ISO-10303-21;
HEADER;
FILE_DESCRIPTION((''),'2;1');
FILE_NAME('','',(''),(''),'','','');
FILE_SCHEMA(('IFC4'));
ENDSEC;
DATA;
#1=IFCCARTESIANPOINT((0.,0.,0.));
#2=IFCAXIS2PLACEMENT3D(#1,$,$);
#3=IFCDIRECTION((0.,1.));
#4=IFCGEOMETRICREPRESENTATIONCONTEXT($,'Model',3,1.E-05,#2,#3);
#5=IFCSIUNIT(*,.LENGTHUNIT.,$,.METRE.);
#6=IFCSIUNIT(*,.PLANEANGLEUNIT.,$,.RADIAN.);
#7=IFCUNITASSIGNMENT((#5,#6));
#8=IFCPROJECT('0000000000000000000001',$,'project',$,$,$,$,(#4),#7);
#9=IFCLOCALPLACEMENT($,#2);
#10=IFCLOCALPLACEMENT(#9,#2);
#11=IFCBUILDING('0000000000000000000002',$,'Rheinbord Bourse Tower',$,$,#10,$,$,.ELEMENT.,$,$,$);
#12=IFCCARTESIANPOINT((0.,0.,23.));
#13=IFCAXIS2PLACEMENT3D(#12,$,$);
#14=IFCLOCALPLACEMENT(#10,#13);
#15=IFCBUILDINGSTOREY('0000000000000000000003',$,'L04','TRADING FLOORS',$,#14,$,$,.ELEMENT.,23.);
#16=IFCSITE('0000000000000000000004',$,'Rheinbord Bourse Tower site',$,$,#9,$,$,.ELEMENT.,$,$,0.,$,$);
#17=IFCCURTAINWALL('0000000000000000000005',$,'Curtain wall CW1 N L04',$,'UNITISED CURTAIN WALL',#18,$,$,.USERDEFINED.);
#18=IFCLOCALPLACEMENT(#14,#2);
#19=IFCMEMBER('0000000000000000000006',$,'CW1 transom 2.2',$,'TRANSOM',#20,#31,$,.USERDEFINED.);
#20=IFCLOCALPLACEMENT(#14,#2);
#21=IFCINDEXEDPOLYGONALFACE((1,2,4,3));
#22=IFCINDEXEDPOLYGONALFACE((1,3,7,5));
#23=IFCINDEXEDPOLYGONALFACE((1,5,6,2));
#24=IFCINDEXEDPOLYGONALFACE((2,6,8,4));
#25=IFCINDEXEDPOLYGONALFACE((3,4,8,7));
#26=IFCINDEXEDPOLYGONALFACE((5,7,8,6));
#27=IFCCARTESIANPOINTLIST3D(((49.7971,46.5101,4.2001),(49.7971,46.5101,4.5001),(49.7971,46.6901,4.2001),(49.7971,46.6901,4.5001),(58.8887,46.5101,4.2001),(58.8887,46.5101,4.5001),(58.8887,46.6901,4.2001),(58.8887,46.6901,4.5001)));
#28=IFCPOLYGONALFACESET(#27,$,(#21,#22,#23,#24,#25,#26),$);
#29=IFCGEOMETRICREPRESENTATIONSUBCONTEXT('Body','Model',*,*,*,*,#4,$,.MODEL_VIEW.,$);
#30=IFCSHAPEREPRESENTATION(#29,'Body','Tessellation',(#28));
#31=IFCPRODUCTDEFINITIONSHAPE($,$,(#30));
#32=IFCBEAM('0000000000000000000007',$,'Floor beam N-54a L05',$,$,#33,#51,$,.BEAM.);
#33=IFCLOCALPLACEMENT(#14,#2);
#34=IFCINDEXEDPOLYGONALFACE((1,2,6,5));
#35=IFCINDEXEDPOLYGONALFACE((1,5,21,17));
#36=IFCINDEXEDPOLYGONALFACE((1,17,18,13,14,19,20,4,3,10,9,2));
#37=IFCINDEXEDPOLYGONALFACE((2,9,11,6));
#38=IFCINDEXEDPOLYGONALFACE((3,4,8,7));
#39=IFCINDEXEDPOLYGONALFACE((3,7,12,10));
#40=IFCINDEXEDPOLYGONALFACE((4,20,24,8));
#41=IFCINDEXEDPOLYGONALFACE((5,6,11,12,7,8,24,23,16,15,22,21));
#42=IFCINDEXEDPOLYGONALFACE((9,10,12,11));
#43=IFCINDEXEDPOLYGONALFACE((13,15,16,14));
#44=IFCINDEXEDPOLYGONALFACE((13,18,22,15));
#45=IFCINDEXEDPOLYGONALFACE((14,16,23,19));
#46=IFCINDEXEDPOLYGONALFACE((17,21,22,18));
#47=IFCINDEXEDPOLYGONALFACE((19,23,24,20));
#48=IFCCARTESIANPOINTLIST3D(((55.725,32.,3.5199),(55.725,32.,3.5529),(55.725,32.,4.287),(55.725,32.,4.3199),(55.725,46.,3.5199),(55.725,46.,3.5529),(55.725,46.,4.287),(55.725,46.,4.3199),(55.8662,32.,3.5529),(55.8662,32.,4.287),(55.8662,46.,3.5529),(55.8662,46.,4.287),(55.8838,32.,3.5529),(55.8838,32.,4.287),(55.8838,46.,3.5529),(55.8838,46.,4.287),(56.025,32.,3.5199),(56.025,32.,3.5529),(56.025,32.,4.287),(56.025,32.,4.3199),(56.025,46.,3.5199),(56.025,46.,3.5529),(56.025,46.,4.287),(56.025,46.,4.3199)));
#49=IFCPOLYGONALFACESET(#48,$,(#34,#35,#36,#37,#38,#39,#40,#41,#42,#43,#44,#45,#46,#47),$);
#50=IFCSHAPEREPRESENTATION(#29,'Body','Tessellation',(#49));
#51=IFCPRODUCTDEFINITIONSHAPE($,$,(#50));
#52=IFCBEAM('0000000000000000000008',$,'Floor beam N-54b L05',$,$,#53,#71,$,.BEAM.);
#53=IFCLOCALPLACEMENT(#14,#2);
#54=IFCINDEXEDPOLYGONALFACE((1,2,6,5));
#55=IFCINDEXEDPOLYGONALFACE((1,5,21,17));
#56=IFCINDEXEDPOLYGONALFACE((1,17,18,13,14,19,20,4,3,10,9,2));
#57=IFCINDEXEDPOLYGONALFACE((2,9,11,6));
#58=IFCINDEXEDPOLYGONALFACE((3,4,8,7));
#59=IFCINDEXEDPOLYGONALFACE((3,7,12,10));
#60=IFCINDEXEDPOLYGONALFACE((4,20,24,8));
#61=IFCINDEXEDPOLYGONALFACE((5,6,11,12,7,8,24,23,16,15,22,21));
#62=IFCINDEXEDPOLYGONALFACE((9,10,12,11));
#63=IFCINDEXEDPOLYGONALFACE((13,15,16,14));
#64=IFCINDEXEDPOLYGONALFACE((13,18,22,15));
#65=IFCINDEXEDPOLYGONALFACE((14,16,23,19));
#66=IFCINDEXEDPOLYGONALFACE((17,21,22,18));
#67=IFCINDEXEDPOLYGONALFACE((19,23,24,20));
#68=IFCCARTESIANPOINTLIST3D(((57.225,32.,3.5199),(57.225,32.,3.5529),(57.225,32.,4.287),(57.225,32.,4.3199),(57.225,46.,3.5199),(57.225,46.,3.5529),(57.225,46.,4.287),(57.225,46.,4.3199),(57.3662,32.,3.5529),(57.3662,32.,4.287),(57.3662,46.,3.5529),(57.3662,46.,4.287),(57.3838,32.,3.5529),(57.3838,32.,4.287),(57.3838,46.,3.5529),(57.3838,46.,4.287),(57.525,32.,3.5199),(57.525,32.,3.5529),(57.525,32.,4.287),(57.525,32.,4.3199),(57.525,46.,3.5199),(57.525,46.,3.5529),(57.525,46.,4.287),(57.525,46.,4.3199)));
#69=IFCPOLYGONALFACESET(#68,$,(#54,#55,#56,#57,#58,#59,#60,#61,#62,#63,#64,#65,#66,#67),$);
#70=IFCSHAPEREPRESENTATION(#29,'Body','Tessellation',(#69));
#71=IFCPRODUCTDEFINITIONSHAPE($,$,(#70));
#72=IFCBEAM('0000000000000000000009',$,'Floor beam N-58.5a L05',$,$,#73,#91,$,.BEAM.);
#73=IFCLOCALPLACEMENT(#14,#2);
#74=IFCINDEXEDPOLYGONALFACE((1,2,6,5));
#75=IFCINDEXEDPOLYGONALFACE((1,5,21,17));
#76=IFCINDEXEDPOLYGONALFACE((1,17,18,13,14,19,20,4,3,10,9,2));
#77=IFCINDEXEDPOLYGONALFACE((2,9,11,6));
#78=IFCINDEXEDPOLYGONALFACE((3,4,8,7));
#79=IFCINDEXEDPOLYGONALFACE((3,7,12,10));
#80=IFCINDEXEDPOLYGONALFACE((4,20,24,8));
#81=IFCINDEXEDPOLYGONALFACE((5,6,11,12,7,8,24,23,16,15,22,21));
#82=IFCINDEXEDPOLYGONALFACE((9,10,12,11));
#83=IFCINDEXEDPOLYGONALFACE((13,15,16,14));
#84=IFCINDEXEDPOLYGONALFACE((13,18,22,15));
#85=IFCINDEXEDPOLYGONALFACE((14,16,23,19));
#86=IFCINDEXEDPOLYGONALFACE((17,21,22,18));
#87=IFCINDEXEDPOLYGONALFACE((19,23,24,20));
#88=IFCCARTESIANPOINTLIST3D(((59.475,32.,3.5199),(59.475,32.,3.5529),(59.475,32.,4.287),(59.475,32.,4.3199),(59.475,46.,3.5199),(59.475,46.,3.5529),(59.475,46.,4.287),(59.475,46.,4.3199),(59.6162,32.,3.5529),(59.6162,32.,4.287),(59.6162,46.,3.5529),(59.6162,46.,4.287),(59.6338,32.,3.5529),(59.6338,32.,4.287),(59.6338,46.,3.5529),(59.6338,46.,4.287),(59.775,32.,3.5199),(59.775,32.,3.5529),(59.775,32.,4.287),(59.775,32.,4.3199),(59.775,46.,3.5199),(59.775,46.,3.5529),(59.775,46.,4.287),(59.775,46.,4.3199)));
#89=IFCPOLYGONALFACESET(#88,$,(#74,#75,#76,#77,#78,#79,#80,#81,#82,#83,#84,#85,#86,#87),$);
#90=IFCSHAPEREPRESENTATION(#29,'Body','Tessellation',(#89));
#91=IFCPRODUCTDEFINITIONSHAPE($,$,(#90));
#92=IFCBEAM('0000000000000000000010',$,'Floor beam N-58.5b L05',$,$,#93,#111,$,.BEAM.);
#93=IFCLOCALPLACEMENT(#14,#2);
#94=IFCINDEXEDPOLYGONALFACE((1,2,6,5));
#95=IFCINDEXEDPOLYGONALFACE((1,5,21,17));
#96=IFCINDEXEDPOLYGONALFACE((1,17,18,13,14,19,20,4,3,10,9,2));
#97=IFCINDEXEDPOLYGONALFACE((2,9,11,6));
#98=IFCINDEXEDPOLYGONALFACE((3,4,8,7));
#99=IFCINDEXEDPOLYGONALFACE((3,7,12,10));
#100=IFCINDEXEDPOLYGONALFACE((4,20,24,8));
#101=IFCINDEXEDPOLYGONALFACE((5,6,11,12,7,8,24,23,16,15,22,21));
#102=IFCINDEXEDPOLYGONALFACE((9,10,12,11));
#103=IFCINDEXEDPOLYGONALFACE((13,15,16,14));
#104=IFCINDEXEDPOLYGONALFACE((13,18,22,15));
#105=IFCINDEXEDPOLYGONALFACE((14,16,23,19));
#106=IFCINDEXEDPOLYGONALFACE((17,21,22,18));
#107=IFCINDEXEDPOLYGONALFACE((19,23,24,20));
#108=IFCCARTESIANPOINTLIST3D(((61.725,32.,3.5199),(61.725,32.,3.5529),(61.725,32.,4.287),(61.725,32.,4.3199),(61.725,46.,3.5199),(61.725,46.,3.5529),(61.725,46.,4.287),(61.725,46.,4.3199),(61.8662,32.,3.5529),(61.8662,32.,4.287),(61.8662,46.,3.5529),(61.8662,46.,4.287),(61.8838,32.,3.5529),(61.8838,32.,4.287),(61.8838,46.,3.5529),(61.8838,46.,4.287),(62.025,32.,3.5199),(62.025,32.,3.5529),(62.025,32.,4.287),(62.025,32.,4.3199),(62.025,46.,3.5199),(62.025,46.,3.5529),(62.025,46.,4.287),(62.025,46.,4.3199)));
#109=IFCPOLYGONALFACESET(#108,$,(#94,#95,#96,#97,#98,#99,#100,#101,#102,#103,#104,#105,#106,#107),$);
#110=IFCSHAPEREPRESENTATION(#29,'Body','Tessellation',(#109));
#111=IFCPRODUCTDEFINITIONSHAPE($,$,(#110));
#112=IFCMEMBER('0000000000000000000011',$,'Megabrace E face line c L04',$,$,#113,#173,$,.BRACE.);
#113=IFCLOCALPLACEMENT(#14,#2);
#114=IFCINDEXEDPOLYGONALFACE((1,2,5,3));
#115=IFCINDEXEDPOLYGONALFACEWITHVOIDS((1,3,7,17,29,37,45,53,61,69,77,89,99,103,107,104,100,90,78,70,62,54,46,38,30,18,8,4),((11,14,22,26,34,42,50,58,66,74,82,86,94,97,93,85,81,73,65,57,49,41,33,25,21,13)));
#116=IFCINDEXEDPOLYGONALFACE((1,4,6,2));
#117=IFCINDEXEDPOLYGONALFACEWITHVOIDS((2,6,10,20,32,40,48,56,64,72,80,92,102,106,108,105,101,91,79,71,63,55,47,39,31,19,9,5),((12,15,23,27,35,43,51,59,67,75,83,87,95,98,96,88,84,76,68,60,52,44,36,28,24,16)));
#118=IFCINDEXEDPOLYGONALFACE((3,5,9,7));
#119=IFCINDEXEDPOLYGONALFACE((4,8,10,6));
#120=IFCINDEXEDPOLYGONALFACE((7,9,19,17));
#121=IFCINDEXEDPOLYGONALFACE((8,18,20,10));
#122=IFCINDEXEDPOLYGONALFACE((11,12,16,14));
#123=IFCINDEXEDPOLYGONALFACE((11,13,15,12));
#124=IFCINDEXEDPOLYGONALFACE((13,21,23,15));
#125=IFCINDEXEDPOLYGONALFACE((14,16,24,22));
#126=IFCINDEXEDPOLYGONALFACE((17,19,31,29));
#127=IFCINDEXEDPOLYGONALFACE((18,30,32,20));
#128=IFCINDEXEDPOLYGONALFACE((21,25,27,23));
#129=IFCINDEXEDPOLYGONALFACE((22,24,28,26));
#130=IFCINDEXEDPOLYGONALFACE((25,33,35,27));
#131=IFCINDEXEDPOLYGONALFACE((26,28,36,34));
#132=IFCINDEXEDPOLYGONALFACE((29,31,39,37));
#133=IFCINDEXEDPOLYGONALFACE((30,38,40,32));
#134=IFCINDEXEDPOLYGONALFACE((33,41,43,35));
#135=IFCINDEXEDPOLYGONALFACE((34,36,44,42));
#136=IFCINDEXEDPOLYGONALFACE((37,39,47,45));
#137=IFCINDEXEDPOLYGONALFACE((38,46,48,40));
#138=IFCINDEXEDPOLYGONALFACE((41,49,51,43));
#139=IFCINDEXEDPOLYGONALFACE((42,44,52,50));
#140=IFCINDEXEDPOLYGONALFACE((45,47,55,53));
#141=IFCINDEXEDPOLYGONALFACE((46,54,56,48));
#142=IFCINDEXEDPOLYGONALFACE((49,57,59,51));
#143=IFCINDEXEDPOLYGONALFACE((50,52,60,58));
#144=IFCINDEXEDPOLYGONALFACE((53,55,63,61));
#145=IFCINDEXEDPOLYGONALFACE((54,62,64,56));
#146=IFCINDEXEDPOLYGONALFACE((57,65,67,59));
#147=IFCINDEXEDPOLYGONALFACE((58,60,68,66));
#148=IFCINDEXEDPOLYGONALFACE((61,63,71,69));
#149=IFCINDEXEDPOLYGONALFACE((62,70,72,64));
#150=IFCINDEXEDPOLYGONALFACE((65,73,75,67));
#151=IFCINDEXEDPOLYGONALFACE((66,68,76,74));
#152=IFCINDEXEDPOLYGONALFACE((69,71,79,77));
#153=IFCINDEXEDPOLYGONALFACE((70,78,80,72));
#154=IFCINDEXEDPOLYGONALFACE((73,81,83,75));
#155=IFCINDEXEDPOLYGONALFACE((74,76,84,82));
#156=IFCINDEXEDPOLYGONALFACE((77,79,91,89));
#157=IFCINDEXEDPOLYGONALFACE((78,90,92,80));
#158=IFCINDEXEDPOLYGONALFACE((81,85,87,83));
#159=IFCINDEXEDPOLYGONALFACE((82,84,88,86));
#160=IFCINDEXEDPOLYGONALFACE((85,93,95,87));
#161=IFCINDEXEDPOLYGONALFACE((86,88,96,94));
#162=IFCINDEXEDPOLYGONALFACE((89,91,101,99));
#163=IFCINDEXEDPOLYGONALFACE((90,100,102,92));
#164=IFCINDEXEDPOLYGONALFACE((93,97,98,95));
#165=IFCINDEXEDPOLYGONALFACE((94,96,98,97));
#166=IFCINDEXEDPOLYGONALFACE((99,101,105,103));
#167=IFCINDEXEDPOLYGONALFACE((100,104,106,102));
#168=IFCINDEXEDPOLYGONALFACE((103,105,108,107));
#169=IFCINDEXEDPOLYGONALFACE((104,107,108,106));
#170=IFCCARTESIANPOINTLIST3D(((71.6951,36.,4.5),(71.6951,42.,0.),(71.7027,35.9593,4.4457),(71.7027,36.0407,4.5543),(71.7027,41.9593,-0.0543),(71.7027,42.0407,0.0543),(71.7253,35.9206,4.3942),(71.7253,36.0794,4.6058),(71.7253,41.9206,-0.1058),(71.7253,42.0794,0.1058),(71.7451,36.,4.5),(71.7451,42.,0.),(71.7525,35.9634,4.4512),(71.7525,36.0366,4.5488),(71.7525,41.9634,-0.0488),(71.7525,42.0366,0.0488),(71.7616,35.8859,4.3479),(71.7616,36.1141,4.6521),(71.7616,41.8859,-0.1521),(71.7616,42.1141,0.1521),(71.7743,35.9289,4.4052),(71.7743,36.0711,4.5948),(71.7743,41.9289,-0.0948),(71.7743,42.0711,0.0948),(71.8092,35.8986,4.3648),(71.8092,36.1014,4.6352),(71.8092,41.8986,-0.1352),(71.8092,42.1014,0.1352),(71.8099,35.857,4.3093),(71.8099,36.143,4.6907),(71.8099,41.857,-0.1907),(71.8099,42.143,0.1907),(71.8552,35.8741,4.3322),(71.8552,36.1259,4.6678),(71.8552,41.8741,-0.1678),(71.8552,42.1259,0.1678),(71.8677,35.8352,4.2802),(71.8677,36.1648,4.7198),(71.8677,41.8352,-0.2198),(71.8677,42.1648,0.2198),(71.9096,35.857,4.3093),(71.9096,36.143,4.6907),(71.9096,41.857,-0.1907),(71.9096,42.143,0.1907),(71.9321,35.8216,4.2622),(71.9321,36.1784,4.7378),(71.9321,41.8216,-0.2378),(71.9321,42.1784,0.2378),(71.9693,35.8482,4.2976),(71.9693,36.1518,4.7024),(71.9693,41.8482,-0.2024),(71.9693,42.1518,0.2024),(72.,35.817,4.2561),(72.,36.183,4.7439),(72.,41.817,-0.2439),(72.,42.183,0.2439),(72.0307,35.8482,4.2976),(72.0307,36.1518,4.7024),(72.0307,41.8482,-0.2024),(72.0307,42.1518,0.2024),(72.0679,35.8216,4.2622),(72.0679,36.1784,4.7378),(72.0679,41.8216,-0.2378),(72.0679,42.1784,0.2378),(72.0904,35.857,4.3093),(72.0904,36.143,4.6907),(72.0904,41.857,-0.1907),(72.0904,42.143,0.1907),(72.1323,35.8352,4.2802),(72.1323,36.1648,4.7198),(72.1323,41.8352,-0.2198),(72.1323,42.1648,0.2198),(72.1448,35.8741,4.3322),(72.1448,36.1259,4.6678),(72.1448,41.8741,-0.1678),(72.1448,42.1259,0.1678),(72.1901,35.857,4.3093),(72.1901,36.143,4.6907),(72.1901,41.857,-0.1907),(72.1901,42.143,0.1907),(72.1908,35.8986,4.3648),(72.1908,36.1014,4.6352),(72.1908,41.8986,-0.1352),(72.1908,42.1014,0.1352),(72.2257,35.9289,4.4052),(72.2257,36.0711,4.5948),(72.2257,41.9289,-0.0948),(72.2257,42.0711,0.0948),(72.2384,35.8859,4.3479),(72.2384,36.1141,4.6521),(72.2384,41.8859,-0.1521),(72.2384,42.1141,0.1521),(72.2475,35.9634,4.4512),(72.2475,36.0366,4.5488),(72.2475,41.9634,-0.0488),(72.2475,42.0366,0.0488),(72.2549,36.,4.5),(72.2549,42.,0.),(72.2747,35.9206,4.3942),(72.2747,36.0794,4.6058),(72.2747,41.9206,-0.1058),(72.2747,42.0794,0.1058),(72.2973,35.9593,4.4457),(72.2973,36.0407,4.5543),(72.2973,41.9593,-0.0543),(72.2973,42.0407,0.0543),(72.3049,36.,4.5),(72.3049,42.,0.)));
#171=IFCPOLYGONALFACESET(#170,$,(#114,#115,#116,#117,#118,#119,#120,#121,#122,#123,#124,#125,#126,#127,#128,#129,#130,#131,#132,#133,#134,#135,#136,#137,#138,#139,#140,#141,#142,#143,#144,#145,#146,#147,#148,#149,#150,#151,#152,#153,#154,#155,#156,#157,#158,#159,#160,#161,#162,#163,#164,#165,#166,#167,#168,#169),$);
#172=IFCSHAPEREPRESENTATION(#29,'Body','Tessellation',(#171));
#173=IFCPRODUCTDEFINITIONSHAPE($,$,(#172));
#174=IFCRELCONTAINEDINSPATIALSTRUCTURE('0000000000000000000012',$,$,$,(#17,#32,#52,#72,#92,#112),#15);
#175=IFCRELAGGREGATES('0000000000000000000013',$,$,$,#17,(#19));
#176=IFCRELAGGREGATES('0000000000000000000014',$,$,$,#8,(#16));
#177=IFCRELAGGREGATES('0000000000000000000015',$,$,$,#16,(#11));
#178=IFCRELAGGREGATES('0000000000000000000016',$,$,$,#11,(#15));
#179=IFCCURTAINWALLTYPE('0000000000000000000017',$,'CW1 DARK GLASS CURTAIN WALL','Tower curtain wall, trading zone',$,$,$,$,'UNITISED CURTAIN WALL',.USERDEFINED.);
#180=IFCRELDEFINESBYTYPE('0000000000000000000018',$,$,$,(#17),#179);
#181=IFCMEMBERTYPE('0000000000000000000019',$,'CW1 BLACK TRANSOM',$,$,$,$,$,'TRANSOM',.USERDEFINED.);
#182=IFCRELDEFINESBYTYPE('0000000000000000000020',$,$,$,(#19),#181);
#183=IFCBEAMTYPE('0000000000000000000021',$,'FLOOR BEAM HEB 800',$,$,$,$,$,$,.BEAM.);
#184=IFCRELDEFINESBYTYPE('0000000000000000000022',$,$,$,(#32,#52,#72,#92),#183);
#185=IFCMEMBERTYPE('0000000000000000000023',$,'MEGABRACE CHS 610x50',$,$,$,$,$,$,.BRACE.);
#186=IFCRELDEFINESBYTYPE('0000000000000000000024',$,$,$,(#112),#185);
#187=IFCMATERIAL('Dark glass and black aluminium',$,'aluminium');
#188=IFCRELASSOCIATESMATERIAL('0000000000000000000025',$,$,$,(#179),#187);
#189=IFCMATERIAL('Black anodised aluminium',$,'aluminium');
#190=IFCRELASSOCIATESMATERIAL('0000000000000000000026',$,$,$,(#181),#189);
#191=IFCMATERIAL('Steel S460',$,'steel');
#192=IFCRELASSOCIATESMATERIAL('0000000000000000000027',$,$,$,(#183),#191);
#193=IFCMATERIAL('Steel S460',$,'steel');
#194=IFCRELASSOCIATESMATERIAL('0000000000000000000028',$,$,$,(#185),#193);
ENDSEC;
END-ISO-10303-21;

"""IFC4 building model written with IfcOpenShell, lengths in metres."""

from ifc_helpers import new_model, si_unit, direction, frame, origin, origin_2d, place, context, subcontext, project, spatial, rectangle, hollow_circle, i_section, extrude, material, material_profile, profile_set, type_object, element, aggregate, save


model = new_model("IFC4")

# Units and contexts
model_context = context("Model", 3, precision=1e-05, world=origin(), true_north=direction((0.0, 1.0)))
body_context = subcontext(model_context, "Body", "Model", "MODEL_VIEW")
ifc_project = project(units=[si_unit("LENGTHUNIT", "METRE"), si_unit("PLANEANGLEUNIT", "RADIAN")], contexts=[model_context])

# Site, building, storey
site_placement = place(None, origin())
site = spatial("IfcSite", under=ifc_project, at=site_placement, Name="Rheinbord Bourse Tower site", CompositionType="ELEMENT", RefElevation=0.0)
building_placement = place(site_placement, origin())
building = spatial("IfcBuilding", under=site, at=building_placement, Name="Rheinbord Bourse Tower", CompositionType="ELEMENT")
storey_placement = place(building_placement, frame((0.0, 0.0, 23.0)))
storey = spatial("IfcBuildingStorey", under=building, at=storey_placement, Name="L04", Description="TRADING FLOORS", CompositionType="ELEMENT", Elevation=23.0)

# Curtain wall
ifc_material_1 = material(Name="Dark glass and black aluminium", Category="aluminium")
curtain_wall_type = type_object("IfcCurtainWallType", Name="CW1 DARK GLASS CURTAIN WALL", Description="Tower curtain wall, trading zone", ElementType="UNITISED CURTAIN WALL", PredefinedType="USERDEFINED", material=ifc_material_1)
curtain_wall_1_placement = place(storey_placement, origin())
curtain_wall_1 = element("IfcCurtainWall", 1, at=curtain_wall_1_placement, inside=storey, type_object=curtain_wall_type, Name="Curtain wall CW1 N L04", ObjectType="UNITISED CURTAIN WALL", PredefinedType="USERDEFINED")

# Member
ifc_material_2 = material(Name="Black anodised aluminium", Category="aluminium")
ifc_material_profile_1 = material_profile(ifc_material_2, rectangle(XDim=0.1799, YDim=0.3, at=origin_2d()), Name="CW1 TRANSOM 300x180")
ifc_profile_set_1 = profile_set([ifc_material_profile_1], Name="Black anodised aluminium")
member_type_1 = type_object("IfcMemberType", Name="CW1 BLACK TRANSOM", ElementType="TRANSOM", PredefinedType="USERDEFINED", material=ifc_profile_set_1)
member_1_placement = place(storey_placement, frame((58.8887, 46.6001, 4.3501), z_axis=(-1.0, 0.0, 0.0), x_axis=(0.0, -1.0, 0.0)))
member_1 = element("IfcMember", 2, at=member_1_placement, type_object=member_type_1, Name="CW1 transom 2.2", ObjectType="TRANSOM", PredefinedType="USERDEFINED", context=body_context, shape_type="SweptSolid", body=[
    extrude(rectangle(XDim=0.1799, YDim=0.3, at=origin_2d()), origin(), (0.0, 0.0, 1.0), 9.0916),
])

# Beams
ifc_material_3 = material(Name="Steel S460", Category="steel")
ifc_material_profile_2 = material_profile(ifc_material_3, i_section(OverallWidth=0.3, OverallDepth=0.8, WebThickness=0.0176, FlangeThickness=0.033, at=origin_2d()), Name="HEB 800")
ifc_profile_set_2 = profile_set([ifc_material_profile_2], Name="Steel S460")
beam_type_1 = type_object("IfcBeamType", Name="FLOOR BEAM HEB 800", PredefinedType="BEAM", material=ifc_profile_set_2)
for number, where, z_axis, x_axis, name in (
    (3, (55.875, 46.0, 3.9199), (0.0, -1.0, 0.0), (1.0, 0.0, 0.0), "Floor beam N-54a L05"),
    (4, (57.375, 46.0, 3.9199), (0.0, -1.0, 0.0), (1.0, 0.0, 0.0), "Floor beam N-54b L05"),
    (5, (59.625, 46.0, 3.9199), (0.0, -1.0, 0.0), (1.0, 0.0, 0.0), "Floor beam N-58.5a L05"),
    (6, (61.875, 46.0, 3.9199), (0.0, -1.0, 0.0), (1.0, 0.0, 0.0), "Floor beam N-58.5b L05"),
):
    element("IfcBeam", number, at=place(storey_placement, frame(where, z_axis=z_axis, x_axis=x_axis)), inside=storey, type_object=beam_type_1, Name=name, PredefinedType="BEAM", context=body_context, shape_type="SweptSolid", body=[
        extrude(i_section(OverallWidth=0.3, OverallDepth=0.8, WebThickness=0.0176, FlangeThickness=0.033, at=origin_2d()), origin(), (0.0, 0.0, 1.0), 14.0),
    ])

# Member
ifc_material_4 = material(Name="Steel S460", Category="steel")
ifc_material_profile_3 = material_profile(ifc_material_4, hollow_circle(Radius=0.3049, WallThickness=0.05, at=origin_2d()), Name="CHS 610x50")
ifc_profile_set_3 = profile_set([ifc_material_profile_3], Name="Steel S460")
member_type_2 = type_object("IfcMemberType", Name="MEGABRACE CHS 610x50", PredefinedType="BRACE", material=ifc_profile_set_3)
member_2_placement = place(storey_placement, frame((72.0, 42.0, 0.0), z_axis=(0.0, -0.8, 0.6), x_axis=(1.0, 0.0, 0.0)))
element("IfcMember", 7, at=member_2_placement, inside=storey, type_object=member_type_2, Name="Megabrace E face line c L04", PredefinedType="BRACE", context=body_context, shape_type="SweptSolid", body=[
    extrude(hollow_circle(Radius=0.3049, WallThickness=0.05, at=origin_2d()), origin(), (0.0, 0.0, 1.0), 7.5),
])

aggregate(curtain_wall_1, [member_1])

save(model, "model.ifc")
